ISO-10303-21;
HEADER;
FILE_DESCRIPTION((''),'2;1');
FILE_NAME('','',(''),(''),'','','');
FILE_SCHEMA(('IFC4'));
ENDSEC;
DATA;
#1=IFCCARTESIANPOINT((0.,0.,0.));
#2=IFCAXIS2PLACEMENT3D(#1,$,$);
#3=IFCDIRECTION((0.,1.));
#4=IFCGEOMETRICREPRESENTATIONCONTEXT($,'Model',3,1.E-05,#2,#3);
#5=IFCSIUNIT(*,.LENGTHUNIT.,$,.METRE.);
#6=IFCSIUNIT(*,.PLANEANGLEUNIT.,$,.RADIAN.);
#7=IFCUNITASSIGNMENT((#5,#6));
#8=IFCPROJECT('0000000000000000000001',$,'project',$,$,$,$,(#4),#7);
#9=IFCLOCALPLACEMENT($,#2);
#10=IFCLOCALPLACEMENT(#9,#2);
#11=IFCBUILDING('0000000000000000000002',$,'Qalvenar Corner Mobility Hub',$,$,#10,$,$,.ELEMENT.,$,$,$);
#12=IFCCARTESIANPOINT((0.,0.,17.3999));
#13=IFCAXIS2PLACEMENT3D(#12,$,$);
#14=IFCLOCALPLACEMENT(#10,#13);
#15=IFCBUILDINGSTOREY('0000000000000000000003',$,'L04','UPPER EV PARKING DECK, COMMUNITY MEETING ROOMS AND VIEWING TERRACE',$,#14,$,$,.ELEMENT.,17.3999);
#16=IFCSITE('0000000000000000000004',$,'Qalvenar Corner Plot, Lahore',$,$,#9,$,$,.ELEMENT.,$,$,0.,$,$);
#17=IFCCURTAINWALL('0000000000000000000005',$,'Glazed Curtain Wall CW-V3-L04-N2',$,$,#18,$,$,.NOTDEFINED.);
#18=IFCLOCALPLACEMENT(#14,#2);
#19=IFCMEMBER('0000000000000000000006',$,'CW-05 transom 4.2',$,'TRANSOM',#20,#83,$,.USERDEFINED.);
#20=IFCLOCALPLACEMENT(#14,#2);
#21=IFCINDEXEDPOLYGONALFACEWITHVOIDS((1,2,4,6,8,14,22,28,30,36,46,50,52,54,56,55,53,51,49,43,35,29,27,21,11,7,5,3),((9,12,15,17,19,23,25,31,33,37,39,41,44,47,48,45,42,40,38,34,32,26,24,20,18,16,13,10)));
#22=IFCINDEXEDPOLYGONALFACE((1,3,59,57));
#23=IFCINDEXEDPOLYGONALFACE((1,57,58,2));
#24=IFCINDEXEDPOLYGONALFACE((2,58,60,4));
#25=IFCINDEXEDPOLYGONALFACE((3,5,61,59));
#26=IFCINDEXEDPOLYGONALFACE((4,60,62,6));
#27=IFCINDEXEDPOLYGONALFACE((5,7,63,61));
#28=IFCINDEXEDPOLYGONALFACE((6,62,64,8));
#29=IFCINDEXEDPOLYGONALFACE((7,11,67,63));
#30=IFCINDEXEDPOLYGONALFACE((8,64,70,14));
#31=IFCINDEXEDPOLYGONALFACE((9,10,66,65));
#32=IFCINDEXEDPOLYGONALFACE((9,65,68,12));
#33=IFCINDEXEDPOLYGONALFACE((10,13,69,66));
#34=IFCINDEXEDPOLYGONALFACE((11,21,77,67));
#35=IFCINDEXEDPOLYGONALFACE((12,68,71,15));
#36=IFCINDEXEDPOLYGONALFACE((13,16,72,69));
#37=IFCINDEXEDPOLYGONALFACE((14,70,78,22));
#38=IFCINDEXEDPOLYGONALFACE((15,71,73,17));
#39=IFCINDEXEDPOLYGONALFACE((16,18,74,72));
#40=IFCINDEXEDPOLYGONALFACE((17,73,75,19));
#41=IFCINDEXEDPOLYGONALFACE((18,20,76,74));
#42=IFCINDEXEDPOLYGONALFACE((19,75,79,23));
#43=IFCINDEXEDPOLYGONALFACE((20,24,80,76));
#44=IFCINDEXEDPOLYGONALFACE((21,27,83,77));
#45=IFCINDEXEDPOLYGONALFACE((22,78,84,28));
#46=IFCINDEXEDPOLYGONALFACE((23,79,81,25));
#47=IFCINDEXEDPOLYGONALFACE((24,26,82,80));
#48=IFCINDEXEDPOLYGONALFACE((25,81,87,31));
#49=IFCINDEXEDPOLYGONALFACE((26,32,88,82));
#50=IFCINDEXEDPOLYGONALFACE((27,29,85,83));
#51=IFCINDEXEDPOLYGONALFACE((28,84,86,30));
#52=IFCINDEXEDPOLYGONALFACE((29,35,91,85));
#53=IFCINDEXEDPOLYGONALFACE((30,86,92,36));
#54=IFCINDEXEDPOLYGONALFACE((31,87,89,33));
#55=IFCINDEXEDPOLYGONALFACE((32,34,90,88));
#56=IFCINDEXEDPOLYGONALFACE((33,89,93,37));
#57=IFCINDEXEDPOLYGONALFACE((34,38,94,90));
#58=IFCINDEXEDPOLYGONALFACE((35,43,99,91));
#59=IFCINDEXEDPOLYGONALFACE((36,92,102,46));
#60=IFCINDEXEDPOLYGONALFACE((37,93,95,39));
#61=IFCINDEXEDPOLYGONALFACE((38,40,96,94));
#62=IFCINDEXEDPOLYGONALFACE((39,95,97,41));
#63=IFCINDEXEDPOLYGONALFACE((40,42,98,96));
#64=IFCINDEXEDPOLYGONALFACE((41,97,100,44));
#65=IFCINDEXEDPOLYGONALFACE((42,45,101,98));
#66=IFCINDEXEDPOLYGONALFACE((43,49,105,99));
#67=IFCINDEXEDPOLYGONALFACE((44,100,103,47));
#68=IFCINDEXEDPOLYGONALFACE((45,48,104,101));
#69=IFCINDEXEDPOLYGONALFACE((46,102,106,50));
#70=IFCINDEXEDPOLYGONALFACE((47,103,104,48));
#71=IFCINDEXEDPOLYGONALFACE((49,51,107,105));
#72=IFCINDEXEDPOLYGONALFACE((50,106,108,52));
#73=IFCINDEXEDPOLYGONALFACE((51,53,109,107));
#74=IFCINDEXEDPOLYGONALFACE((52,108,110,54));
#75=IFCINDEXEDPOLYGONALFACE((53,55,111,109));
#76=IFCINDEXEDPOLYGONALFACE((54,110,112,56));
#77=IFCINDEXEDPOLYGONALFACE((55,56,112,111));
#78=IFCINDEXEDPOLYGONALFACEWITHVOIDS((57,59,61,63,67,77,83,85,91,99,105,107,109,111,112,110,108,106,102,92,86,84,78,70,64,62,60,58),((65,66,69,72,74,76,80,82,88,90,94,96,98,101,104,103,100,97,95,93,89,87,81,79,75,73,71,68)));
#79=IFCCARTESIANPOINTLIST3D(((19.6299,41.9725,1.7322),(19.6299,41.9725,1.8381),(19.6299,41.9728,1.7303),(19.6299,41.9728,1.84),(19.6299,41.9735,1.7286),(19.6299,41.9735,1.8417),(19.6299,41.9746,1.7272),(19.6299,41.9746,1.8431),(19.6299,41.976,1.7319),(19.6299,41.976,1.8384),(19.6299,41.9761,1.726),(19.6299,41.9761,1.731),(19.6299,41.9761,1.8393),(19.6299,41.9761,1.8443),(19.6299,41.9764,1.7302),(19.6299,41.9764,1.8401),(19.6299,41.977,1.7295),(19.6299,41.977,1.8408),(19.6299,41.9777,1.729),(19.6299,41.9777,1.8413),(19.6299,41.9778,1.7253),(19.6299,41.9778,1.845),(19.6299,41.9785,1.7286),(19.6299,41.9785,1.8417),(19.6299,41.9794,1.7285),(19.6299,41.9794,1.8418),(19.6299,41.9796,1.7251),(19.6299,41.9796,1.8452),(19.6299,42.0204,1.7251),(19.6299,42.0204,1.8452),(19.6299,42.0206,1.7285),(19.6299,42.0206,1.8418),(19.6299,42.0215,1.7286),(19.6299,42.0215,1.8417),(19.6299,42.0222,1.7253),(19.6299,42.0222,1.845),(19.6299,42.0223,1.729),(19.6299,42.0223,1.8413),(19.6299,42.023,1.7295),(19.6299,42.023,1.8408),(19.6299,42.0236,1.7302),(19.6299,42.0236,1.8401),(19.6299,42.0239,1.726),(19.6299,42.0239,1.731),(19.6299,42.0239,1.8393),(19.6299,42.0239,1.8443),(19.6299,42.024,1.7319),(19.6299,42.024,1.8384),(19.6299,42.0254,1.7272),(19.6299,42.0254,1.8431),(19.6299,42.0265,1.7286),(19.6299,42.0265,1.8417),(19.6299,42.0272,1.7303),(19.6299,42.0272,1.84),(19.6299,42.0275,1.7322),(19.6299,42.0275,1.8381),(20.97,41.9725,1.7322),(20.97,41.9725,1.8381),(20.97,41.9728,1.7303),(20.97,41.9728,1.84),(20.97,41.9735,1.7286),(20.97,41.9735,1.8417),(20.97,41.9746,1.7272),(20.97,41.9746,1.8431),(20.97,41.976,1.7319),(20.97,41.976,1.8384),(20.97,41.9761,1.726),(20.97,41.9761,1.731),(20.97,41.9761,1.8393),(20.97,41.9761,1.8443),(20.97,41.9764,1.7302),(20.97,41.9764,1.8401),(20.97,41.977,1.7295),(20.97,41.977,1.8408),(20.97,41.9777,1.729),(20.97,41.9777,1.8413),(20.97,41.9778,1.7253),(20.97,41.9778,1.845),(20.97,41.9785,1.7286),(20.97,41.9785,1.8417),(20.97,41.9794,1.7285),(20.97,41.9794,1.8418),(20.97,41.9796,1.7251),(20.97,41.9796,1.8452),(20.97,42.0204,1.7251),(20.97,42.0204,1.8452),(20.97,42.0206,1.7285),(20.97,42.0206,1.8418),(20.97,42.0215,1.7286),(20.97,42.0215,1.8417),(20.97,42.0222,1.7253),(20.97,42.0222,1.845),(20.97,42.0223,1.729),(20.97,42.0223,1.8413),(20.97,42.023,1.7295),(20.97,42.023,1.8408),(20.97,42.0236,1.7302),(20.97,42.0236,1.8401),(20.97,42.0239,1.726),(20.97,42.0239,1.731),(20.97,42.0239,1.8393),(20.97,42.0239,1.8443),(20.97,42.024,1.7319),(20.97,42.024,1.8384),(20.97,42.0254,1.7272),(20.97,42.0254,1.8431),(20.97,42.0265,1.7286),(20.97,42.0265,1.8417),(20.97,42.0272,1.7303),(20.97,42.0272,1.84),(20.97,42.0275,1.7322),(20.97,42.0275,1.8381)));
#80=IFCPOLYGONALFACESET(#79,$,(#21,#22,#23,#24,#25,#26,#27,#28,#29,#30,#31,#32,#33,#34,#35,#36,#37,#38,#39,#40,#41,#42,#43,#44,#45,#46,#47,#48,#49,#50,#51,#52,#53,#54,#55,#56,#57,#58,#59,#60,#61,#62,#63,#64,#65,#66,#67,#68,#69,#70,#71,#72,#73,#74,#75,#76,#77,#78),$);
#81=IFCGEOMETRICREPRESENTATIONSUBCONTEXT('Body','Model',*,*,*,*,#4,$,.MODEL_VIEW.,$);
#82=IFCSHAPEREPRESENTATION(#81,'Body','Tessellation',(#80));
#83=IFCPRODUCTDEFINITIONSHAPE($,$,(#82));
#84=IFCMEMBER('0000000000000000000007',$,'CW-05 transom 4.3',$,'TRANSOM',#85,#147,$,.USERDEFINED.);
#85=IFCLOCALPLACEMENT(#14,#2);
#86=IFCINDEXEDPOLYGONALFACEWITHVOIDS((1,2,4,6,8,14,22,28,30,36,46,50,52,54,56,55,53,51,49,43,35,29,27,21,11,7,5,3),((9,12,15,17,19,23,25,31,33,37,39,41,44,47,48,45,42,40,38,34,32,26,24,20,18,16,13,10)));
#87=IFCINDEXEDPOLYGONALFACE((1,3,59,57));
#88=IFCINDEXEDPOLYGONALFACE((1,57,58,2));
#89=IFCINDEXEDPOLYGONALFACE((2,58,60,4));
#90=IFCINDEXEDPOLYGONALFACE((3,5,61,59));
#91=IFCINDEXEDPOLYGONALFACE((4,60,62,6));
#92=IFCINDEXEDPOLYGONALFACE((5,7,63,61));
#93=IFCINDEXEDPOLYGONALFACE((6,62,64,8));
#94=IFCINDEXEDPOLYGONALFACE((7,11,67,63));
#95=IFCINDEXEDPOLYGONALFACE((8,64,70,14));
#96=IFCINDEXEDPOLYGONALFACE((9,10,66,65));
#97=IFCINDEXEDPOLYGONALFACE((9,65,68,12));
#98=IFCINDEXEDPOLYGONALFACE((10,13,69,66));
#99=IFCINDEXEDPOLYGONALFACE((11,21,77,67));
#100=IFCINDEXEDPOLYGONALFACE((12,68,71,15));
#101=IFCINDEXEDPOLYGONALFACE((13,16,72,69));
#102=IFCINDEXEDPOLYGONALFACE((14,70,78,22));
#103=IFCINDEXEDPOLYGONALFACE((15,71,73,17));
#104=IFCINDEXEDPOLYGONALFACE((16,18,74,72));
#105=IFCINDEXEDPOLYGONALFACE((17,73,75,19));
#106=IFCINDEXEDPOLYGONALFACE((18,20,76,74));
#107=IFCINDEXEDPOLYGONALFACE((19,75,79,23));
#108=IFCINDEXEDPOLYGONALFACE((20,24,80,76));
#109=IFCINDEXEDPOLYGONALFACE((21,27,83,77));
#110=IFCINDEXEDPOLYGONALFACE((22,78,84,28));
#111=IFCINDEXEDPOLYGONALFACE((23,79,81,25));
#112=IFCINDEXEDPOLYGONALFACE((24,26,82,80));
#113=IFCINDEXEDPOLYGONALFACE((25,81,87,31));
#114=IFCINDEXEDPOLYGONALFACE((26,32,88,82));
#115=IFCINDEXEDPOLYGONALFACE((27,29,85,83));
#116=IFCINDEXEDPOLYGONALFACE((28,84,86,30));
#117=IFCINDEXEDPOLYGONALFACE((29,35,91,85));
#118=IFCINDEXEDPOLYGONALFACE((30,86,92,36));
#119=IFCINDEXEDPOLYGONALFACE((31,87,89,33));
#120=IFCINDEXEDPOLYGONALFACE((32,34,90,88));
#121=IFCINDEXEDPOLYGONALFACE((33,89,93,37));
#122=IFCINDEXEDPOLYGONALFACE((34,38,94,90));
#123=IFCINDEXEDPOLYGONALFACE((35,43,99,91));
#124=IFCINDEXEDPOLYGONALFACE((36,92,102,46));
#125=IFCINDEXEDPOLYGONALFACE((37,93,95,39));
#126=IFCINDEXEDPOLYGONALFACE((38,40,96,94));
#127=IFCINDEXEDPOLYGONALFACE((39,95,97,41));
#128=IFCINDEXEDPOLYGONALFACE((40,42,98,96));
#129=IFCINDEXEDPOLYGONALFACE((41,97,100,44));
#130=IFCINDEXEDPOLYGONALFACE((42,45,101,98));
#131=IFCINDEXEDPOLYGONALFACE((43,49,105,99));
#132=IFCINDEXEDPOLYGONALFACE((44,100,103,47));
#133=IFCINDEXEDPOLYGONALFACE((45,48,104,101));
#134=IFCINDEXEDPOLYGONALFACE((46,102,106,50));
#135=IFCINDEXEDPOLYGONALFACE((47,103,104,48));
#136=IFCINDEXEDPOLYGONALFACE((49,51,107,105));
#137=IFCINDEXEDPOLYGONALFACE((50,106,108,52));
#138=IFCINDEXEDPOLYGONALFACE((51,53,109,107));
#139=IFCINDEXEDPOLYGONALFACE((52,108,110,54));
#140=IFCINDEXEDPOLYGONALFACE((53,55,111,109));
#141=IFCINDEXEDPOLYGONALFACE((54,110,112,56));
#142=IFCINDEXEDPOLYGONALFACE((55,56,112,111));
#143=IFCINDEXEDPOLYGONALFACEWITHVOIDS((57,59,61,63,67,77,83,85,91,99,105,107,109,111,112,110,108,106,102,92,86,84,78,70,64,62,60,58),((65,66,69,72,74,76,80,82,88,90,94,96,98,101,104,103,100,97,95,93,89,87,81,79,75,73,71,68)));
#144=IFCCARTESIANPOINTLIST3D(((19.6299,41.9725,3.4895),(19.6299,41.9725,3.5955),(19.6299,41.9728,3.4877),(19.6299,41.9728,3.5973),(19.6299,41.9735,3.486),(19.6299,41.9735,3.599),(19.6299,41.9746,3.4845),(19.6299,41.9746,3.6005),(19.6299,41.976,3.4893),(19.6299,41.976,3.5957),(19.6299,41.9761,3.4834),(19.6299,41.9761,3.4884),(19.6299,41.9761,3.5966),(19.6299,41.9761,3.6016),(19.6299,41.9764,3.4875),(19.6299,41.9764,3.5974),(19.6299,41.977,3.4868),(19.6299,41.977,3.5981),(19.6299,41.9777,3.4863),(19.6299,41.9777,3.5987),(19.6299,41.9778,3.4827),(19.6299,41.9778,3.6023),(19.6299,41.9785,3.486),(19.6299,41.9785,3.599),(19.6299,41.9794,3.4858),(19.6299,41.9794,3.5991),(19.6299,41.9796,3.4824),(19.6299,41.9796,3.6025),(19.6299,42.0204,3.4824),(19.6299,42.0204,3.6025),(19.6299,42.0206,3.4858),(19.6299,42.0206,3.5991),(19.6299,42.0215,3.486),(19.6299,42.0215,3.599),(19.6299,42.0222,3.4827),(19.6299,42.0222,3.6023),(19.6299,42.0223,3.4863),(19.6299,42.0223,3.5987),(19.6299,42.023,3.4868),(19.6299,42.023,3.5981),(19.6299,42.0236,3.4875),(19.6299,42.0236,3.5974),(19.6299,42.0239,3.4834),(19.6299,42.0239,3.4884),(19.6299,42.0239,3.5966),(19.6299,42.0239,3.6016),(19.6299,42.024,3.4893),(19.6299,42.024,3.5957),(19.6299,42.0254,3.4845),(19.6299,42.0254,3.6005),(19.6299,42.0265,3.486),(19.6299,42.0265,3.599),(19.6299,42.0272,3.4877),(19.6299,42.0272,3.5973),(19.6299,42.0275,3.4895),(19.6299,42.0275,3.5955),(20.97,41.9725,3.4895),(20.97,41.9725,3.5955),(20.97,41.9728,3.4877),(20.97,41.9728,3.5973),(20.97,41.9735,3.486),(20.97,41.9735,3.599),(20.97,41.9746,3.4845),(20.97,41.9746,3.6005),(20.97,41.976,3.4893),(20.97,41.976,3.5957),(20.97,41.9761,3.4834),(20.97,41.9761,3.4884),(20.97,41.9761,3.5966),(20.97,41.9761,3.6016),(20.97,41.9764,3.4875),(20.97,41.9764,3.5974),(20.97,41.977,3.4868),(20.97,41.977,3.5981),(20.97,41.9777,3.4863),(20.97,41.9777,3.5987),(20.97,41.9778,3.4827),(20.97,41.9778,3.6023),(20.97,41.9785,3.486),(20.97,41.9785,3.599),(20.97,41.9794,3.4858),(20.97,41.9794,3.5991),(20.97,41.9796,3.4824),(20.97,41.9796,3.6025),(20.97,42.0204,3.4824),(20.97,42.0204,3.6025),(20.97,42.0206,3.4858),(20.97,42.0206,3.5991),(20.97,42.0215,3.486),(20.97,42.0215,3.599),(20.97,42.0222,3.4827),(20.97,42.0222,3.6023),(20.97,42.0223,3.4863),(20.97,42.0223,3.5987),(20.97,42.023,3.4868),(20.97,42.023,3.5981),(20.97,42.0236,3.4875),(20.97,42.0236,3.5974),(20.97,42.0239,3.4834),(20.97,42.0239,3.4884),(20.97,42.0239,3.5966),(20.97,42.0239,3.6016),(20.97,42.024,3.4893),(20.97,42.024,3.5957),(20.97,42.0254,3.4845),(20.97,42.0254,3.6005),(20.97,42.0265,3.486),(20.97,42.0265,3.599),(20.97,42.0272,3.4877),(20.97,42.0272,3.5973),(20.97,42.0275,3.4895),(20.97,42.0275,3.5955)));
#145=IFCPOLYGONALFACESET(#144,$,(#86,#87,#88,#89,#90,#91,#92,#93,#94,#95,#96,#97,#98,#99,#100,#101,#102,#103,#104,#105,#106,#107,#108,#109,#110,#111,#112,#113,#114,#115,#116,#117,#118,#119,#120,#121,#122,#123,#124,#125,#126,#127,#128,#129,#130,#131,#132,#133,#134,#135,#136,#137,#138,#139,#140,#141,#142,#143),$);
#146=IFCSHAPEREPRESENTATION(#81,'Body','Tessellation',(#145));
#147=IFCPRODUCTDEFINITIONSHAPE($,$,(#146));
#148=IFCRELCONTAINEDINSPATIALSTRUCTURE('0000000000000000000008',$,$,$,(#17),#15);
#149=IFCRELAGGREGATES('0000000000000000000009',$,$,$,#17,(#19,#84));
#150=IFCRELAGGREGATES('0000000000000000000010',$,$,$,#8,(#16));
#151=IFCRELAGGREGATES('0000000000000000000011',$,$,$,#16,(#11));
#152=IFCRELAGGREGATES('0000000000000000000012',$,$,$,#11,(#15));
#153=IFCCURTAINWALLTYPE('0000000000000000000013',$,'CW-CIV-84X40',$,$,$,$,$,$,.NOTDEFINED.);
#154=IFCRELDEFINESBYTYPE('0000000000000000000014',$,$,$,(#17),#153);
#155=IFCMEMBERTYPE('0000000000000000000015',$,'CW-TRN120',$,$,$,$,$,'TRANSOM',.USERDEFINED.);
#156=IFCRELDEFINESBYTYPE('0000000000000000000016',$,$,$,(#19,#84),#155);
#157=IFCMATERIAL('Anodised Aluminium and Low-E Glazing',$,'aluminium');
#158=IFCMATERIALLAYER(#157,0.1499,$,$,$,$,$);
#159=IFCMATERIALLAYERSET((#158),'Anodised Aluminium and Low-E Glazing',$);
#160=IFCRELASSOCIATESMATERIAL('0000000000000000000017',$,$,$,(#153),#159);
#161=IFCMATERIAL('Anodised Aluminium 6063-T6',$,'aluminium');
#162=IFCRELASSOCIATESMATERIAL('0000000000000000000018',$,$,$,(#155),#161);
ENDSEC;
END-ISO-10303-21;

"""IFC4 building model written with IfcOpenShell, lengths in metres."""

from ifc_helpers import new_model, si_unit, direction, frame, origin, origin_2d, place, context, subcontext, project, spatial, hollow_rectangle, extrude, material, layer, layer_set, material_profile, profile_set, type_object, element, aggregate, save


model = new_model("IFC4")

# Units and contexts
model_context = context("Model", 3, precision=1e-05, world=origin(), true_north=direction((0.0, 1.0)))
body_context = subcontext(model_context, "Body", "Model", "MODEL_VIEW")
ifc_project = project(units=[si_unit("LENGTHUNIT", "METRE"), si_unit("PLANEANGLEUNIT", "RADIAN")], contexts=[model_context])

# Site, building, storey
site_placement = place(None, origin())
site = spatial("IfcSite", under=ifc_project, at=site_placement, Name="Qalvenar Corner Plot, Lahore", CompositionType="ELEMENT", RefElevation=0.0)
building_placement = place(site_placement, origin())
building = spatial("IfcBuilding", under=site, at=building_placement, Name="Qalvenar Corner Mobility Hub", CompositionType="ELEMENT")
storey_placement = place(building_placement, frame((0.0, 0.0, 17.3999)))
storey = spatial("IfcBuildingStorey", under=building, at=storey_placement, Name="L04", Description="UPPER EV PARKING DECK, COMMUNITY MEETING ROOMS AND VIEWING TERRACE", CompositionType="ELEMENT", Elevation=17.3999)

# Curtain wall, members
ifc_material_1 = material(Name="Anodised Aluminium and Low-E Glazing", Category="aluminium")
ifc_layer_1 = layer(ifc_material_1, 0.1499)
ifc_layer_set_1 = layer_set([ifc_layer_1], Name="Anodised Aluminium and Low-E Glazing")
curtain_wall_type = type_object("IfcCurtainWallType", Name="CW-CIV-84X40", PredefinedType="NOTDEFINED", material=ifc_layer_set_1)
curtain_wall_placement = place(storey_placement, origin())
curtain_wall = element("IfcCurtainWall", 1, at=curtain_wall_placement, inside=storey, type_object=curtain_wall_type, Name="Glazed Curtain Wall CW-V3-L04-N2", PredefinedType="NOTDEFINED")
ifc_material_2 = material(Name="Anodised Aluminium 6063-T6", Category="aluminium")
ifc_material_profile_1 = material_profile(ifc_material_2, hollow_rectangle(XDim=0.0549, YDim=0.1201, WallThickness=0.0034, InnerFilletRadius=0.0034, OuterFilletRadius=0.0071, at=origin_2d()), Name="RHS120x55x3.5")
ifc_profile_set_1 = profile_set([ifc_material_profile_1], Name="Anodised Aluminium 6063-T6")
member_type_1 = type_object("IfcMemberType", Name="CW-TRN120", ElementType="TRANSOM", PredefinedType="USERDEFINED", material=ifc_profile_set_1)
member_1_placement = place(storey_placement, frame((20.97, 42.0, 1.7852), z_axis=(-1.0, 0.0, 0.0), x_axis=(0.0, -1.0, 0.0)))
member_1 = element("IfcMember", 2, at=member_1_placement, type_object=member_type_1, Name="CW-05 transom 4.2", ObjectType="TRANSOM", PredefinedType="USERDEFINED", context=body_context, shape_type="SweptSolid", body=[
    extrude(hollow_rectangle(XDim=0.0549, YDim=0.1201, WallThickness=0.0034, InnerFilletRadius=0.0034, OuterFilletRadius=0.0071, at=origin_2d()), origin(), (0.0, 0.0, 1.0), 1.3401),
])
member_2_placement = place(storey_placement, frame((20.97, 42.0, 3.5425), z_axis=(-1.0, 0.0, 0.0), x_axis=(0.0, -1.0, 0.0)))
member_2 = element("IfcMember", 3, at=member_2_placement, type_object=member_type_1, Name="CW-05 transom 4.3", ObjectType="TRANSOM", PredefinedType="USERDEFINED", context=body_context, shape_type="SweptSolid", body=[
    extrude(hollow_rectangle(XDim=0.0549, YDim=0.1201, WallThickness=0.0034, InnerFilletRadius=0.0034, OuterFilletRadius=0.0071, at=origin_2d()), origin(), (0.0, 0.0, 1.0), 1.3401),
])
aggregate(curtain_wall, [member_1, member_2])

save(model, "model.ifc")
